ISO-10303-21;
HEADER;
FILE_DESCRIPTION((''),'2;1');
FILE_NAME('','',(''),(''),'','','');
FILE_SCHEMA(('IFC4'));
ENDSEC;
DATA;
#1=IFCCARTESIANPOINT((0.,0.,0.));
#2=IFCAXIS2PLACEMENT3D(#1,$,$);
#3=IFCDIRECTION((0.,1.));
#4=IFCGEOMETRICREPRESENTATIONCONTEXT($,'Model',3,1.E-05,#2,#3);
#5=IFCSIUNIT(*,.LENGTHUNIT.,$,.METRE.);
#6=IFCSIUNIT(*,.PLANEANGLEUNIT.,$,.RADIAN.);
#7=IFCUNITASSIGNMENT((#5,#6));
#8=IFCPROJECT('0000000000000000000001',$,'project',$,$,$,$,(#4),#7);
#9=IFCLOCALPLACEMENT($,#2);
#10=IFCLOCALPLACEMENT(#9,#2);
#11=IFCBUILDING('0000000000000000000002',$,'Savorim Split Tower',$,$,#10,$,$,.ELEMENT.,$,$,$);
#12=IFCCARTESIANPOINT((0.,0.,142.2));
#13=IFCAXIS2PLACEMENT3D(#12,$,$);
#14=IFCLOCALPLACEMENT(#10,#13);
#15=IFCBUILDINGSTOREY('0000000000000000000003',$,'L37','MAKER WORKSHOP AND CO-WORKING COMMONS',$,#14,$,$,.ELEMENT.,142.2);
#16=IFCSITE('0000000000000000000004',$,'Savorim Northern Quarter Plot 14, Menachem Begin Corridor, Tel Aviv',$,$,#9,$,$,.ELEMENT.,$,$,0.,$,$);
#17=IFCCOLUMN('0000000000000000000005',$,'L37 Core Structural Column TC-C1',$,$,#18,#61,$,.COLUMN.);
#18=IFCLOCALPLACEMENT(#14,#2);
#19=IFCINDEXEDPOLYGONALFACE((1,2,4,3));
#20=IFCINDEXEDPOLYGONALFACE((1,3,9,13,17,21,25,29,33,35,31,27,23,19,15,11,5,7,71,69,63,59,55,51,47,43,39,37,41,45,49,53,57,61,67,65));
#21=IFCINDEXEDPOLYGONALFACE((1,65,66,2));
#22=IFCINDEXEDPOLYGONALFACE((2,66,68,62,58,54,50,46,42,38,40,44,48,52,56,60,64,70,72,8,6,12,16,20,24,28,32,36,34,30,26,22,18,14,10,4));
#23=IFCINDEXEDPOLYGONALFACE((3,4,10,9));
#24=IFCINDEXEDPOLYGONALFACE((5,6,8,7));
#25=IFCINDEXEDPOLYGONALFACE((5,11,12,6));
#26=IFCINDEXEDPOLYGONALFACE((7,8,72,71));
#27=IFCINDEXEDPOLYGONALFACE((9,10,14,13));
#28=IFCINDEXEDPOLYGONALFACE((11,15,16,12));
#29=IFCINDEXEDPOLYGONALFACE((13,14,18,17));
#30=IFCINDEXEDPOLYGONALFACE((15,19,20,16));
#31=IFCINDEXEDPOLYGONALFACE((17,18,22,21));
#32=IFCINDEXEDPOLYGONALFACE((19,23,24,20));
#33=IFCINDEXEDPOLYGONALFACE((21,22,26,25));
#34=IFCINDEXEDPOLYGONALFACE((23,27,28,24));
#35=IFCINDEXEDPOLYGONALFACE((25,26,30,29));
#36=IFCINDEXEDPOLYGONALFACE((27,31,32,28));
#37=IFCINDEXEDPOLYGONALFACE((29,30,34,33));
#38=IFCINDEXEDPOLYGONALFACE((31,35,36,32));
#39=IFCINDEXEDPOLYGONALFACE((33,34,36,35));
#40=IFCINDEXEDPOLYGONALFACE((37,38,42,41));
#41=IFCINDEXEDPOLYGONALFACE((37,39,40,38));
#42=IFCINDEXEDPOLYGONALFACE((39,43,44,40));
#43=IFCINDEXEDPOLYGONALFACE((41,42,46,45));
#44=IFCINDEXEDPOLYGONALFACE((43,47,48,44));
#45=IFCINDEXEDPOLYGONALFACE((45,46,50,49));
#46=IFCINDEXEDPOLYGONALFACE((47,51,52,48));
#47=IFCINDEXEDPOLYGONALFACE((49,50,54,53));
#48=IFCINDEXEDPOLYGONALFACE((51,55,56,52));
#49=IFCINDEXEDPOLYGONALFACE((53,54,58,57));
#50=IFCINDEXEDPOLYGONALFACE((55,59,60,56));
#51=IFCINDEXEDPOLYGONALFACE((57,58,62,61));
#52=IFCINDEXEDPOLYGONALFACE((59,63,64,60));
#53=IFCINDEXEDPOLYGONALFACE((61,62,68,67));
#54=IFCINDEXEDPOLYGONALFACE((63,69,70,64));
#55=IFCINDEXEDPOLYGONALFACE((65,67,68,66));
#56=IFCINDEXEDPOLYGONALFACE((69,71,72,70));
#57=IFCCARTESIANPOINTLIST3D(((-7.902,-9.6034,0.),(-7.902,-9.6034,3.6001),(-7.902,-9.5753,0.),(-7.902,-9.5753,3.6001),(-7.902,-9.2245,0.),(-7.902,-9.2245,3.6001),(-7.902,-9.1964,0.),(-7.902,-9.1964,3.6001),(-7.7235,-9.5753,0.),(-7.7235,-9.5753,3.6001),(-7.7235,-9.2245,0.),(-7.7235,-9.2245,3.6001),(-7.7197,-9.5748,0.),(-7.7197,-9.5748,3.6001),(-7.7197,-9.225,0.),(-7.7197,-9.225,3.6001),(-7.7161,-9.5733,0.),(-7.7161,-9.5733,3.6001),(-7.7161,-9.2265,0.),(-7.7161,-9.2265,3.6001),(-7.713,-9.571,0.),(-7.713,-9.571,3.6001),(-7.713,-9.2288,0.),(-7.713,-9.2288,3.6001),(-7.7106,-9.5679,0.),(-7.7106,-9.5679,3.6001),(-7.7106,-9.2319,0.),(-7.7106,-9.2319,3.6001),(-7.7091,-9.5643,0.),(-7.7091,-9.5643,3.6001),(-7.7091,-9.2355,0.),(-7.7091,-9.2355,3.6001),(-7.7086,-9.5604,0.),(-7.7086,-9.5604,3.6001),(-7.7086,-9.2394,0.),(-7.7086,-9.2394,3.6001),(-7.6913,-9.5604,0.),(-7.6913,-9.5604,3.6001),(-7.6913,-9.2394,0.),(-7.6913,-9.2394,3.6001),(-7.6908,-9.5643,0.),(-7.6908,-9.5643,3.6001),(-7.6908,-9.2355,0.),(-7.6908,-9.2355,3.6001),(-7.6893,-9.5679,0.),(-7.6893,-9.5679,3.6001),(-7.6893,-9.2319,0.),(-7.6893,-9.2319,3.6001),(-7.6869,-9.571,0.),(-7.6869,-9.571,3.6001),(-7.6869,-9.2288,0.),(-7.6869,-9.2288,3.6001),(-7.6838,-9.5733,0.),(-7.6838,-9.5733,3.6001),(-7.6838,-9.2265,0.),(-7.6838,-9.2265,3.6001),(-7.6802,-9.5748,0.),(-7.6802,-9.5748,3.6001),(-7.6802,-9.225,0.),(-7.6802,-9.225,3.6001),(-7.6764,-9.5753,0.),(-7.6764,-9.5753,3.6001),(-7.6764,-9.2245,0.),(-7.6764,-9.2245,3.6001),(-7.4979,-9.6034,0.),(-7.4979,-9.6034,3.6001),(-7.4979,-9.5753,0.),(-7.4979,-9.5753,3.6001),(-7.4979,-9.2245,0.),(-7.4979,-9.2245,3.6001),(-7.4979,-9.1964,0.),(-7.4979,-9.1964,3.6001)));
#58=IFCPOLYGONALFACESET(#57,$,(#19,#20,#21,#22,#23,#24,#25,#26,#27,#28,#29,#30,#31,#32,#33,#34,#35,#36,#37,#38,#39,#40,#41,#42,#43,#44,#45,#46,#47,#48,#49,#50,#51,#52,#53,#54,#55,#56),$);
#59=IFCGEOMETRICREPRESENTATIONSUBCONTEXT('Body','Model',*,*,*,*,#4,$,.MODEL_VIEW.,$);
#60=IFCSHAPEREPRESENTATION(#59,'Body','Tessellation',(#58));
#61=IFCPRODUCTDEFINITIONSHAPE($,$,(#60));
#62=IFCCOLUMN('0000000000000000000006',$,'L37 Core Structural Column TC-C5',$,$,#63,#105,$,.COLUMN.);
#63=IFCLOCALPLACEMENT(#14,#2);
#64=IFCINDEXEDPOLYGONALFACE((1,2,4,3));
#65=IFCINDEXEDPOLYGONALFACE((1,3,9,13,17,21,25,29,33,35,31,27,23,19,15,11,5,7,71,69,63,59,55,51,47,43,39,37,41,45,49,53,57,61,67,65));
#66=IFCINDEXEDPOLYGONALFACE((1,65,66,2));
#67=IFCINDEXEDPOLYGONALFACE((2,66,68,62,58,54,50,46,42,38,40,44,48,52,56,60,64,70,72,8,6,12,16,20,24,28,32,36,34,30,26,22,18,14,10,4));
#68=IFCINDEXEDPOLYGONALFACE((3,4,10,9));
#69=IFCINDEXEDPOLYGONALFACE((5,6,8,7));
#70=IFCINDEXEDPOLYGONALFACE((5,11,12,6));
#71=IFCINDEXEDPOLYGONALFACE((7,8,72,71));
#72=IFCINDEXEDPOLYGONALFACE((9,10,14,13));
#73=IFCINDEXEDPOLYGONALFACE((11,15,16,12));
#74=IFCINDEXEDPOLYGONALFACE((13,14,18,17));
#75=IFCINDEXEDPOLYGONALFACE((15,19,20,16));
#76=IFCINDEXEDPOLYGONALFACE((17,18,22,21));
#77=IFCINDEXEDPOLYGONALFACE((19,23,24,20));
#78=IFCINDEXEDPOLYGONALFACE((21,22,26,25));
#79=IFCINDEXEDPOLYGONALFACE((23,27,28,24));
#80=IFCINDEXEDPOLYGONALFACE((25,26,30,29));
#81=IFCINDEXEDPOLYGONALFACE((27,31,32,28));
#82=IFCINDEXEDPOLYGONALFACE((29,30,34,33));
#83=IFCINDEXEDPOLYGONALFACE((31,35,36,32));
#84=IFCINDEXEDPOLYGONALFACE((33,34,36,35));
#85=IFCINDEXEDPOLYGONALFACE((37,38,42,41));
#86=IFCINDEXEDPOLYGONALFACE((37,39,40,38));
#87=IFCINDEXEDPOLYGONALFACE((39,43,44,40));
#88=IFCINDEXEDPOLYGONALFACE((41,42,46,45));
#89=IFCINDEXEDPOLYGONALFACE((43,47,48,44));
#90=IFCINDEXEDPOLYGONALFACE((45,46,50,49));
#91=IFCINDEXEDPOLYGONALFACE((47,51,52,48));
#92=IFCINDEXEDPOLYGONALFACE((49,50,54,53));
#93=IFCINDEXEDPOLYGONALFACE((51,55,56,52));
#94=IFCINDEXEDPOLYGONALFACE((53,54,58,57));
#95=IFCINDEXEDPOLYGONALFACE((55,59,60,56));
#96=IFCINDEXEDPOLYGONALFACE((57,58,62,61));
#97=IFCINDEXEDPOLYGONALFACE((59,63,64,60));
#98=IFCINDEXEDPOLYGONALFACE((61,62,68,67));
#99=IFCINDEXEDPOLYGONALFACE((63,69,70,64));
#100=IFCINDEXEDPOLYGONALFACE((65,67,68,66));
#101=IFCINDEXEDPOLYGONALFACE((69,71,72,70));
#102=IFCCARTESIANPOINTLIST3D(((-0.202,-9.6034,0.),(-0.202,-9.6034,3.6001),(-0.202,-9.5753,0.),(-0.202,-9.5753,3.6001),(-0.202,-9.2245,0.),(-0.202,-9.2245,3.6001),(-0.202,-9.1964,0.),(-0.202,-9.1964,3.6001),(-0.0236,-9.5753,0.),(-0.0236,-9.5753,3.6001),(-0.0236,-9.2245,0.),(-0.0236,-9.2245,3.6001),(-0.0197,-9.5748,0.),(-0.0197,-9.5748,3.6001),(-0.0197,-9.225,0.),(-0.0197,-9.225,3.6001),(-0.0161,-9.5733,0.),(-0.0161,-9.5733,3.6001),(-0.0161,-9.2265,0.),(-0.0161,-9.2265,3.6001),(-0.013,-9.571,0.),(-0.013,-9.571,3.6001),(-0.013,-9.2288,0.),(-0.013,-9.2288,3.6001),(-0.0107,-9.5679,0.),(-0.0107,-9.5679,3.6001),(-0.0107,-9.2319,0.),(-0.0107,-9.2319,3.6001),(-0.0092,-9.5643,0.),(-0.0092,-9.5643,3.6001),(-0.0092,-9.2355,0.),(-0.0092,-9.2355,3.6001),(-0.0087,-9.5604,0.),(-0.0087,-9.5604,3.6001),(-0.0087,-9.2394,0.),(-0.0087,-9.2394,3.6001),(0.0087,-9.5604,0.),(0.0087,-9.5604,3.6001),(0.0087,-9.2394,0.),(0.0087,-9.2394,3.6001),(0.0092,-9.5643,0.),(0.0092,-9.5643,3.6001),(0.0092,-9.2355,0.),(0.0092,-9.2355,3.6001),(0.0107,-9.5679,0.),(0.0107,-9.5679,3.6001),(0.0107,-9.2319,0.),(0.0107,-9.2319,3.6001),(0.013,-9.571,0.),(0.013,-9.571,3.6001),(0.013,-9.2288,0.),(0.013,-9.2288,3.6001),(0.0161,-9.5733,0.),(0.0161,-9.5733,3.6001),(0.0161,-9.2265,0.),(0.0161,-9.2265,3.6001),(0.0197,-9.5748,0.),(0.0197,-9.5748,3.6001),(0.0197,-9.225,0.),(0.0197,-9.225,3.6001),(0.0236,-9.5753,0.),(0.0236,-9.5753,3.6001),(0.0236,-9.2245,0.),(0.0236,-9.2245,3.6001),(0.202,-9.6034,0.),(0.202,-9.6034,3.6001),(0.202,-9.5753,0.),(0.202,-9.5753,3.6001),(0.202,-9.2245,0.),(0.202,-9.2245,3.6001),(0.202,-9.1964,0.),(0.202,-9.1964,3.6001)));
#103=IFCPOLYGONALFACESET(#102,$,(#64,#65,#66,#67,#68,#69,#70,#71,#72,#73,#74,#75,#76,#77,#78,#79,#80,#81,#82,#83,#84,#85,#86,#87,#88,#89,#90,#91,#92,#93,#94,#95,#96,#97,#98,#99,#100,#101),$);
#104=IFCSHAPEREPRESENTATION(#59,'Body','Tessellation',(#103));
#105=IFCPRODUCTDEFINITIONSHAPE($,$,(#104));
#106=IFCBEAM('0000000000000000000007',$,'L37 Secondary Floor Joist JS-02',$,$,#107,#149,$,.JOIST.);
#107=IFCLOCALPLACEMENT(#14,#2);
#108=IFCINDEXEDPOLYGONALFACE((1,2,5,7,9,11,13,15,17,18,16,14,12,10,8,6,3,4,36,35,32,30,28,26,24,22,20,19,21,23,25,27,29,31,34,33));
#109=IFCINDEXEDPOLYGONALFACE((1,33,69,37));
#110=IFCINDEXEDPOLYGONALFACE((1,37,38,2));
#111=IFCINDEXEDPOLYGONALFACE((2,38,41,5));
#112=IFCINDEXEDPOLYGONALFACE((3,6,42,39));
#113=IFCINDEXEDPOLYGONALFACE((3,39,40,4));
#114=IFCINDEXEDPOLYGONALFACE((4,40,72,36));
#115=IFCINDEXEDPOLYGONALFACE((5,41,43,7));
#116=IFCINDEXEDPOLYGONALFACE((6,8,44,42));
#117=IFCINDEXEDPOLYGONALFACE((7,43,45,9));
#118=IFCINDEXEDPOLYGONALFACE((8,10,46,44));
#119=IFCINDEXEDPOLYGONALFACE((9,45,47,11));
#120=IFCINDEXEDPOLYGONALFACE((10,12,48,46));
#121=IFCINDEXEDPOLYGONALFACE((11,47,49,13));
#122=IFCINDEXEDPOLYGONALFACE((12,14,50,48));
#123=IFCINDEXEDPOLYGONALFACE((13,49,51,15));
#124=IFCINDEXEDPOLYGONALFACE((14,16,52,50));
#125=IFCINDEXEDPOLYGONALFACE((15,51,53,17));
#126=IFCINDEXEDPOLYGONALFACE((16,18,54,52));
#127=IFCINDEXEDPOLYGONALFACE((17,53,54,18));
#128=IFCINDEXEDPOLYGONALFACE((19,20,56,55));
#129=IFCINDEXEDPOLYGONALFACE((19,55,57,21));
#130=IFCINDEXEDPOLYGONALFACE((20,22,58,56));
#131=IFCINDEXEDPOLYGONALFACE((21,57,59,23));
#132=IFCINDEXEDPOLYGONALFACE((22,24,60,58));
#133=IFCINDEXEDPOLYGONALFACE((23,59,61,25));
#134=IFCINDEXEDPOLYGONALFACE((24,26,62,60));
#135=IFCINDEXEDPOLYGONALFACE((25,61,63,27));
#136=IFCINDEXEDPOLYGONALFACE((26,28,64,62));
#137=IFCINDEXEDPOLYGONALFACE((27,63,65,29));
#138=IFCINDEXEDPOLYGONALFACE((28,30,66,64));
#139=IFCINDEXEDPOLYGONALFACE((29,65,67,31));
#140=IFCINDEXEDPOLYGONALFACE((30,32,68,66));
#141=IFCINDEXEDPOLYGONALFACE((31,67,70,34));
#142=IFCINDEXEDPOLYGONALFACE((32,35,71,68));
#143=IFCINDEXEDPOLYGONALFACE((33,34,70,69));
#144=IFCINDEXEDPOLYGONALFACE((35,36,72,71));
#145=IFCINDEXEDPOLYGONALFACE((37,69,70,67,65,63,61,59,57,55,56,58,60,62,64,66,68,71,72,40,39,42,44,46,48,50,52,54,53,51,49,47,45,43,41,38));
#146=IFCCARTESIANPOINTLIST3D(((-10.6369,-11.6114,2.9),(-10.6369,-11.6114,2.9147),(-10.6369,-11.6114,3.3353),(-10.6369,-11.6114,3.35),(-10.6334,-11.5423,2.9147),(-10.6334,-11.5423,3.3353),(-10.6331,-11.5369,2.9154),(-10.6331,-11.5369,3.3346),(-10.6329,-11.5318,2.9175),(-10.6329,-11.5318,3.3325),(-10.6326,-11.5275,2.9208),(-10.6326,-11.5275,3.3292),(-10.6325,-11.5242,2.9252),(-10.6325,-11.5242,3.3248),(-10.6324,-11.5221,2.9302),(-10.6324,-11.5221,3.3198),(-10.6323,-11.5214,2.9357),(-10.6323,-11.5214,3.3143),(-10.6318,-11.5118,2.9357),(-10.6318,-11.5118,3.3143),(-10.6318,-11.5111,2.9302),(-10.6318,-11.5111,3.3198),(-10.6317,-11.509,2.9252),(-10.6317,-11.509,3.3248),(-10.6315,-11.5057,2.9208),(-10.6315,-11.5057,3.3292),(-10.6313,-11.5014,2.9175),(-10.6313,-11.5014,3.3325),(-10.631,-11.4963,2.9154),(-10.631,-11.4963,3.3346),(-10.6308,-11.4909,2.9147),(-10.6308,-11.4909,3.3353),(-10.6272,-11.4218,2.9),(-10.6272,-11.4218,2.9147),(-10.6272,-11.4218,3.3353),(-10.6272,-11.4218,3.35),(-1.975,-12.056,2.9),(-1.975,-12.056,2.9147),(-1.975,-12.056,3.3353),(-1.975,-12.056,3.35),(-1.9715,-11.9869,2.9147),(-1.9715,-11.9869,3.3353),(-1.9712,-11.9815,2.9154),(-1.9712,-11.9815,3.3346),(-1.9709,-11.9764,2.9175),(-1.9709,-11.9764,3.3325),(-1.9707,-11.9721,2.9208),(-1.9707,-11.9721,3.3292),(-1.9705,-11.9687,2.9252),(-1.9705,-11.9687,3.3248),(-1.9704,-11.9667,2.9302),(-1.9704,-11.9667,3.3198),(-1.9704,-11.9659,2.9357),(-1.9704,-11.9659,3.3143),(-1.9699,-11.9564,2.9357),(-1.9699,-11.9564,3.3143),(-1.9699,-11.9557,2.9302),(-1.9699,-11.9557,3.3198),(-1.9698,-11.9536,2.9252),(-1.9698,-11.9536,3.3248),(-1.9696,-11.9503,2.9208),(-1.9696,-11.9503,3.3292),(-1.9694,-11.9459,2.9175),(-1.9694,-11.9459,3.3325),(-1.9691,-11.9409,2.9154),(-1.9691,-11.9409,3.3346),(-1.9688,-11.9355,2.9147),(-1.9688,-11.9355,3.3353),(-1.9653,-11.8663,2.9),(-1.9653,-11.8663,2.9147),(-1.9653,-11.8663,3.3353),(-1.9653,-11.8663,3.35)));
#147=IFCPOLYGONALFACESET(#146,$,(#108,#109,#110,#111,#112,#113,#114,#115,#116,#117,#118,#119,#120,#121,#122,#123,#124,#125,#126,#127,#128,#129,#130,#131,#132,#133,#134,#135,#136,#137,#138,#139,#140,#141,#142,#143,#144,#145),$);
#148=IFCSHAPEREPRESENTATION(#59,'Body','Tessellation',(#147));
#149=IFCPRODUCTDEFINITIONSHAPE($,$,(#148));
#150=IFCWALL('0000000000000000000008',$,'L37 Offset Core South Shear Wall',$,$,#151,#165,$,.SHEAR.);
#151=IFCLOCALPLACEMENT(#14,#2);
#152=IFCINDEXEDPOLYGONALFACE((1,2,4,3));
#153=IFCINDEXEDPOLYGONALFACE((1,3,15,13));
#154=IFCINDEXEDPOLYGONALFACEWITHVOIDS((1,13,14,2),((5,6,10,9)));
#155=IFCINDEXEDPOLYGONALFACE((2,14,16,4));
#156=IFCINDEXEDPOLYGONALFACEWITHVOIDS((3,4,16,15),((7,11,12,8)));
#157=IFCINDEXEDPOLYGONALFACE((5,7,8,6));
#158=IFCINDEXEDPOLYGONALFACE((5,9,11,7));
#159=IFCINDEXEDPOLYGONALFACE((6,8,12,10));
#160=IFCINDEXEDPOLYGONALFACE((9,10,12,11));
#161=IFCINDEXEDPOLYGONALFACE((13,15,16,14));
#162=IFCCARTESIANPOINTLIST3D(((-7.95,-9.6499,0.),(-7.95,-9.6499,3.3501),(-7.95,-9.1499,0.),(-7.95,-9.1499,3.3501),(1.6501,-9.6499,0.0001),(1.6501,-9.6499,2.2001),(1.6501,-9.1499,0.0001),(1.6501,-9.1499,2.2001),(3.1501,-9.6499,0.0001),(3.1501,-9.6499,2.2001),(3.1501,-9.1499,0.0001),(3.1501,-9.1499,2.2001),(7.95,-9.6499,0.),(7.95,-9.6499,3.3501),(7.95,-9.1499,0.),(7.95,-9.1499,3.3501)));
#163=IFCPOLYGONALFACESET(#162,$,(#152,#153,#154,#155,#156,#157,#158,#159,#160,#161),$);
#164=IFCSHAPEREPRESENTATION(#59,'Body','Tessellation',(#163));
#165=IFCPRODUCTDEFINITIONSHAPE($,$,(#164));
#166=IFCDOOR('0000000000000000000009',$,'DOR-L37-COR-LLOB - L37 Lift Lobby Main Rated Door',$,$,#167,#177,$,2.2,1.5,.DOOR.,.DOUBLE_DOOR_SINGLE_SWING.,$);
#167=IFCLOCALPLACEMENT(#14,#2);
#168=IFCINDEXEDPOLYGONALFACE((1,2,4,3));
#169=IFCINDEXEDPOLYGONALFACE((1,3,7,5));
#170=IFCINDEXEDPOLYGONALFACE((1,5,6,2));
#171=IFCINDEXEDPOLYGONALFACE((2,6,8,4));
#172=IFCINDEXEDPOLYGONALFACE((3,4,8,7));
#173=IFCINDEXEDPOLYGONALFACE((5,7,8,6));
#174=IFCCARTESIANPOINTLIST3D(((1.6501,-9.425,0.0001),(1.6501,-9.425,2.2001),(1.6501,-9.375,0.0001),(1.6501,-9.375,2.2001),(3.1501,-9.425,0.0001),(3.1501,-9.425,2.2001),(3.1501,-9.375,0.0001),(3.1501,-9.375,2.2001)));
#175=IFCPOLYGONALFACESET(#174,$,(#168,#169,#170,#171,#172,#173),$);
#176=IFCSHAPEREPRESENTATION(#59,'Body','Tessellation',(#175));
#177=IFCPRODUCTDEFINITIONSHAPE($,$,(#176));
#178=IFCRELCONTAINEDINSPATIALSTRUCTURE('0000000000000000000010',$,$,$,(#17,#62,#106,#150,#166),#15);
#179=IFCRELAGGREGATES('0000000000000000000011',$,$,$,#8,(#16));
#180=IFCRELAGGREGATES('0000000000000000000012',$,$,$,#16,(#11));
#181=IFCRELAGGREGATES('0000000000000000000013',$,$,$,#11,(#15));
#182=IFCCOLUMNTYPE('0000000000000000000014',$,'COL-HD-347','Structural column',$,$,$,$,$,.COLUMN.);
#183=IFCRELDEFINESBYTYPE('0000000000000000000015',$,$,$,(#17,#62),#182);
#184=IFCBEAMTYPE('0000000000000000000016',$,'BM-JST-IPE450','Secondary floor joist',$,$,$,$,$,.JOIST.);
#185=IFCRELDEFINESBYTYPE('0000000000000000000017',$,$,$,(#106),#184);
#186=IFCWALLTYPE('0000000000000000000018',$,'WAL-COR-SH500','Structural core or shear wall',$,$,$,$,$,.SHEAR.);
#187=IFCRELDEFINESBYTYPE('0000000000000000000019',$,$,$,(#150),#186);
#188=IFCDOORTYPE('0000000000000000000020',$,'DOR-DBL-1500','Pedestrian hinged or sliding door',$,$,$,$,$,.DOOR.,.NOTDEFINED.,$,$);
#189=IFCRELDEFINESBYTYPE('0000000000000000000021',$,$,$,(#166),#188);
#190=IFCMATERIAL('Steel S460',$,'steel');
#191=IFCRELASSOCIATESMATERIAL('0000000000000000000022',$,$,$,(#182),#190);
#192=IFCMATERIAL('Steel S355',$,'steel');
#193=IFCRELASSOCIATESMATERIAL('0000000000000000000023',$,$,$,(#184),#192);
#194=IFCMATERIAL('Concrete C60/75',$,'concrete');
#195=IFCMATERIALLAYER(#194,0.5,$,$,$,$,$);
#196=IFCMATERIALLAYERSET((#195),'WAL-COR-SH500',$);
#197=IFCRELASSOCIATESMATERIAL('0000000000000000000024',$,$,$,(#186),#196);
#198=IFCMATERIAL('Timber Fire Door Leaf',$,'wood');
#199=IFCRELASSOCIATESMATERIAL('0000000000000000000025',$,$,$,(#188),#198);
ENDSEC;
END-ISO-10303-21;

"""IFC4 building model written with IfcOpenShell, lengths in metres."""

from ifc_helpers import new_model, si_unit, direction, frame, frame_2d, origin, origin_2d, place, context, subcontext, project, spatial, rectangle, i_section, extrude, material, layer, layer_set, material_profile, profile_set, type_object, element, fill, save


model = new_model("IFC4")

# Units and contexts
model_context = context("Model", 3, precision=1e-05, world=origin(), true_north=direction((0.0, 1.0)))
body_context = subcontext(model_context, "Body", "Model", "MODEL_VIEW")
ifc_project = project(units=[si_unit("LENGTHUNIT", "METRE"), si_unit("PLANEANGLEUNIT", "RADIAN")], contexts=[model_context])

# Site, building, storey
site_placement = place(None, origin())
site = spatial("IfcSite", under=ifc_project, at=site_placement, Name="Savorim Northern Quarter Plot 14, Menachem Begin Corridor, Tel Aviv", CompositionType="ELEMENT", RefElevation=0.0)
building_placement = place(site_placement, origin())
building = spatial("IfcBuilding", under=site, at=building_placement, Name="Savorim Split Tower", CompositionType="ELEMENT")
storey_placement = place(building_placement, frame((0.0, 0.0, 142.2)))
storey = spatial("IfcBuildingStorey", under=building, at=storey_placement, Name="L37", Description="MAKER WORKSHOP AND CO-WORKING COMMONS", CompositionType="ELEMENT", Elevation=142.2)

# Columns
ifc_material_1 = material(Name="Steel S460", Category="steel")
ifc_material_profile_1 = material_profile(ifc_material_1, i_section(OverallWidth=0.4041, OverallDepth=0.407, WebThickness=0.0173, FlangeThickness=0.0281, FilletRadius=0.0149, at=origin_2d()), Name="HD 400x347")
ifc_profile_set_1 = profile_set([ifc_material_profile_1], Name="Steel S460")
column_type = type_object("IfcColumnType", Name="COL-HD-347", Description="Structural column", PredefinedType="COLUMN", material=ifc_profile_set_1)
for number, where, z_axis, x_axis, name in (
    (1, (-7.7, -9.3999, 0.0), (0.0, 0.0, 1.0), (1.0, 0.0, 0.0), "L37 Core Structural Column TC-C1"),
    (2, (0.0, -9.3999, 0.0), (0.0, 0.0, 1.0), (1.0, 0.0, 0.0), "L37 Core Structural Column TC-C5"),
):
    element("IfcColumn", number, at=place(storey_placement, frame(where, z_axis=z_axis, x_axis=x_axis)), inside=storey, type_object=column_type, Name=name, PredefinedType="COLUMN", context=body_context, shape_type="SweptSolid", body=[
        extrude(i_section(OverallWidth=0.4041, OverallDepth=0.407, WebThickness=0.0173, FlangeThickness=0.0281, FilletRadius=0.0149, at=origin_2d()), origin(), (0.0, 0.0, 1.0), 3.6001),
    ])

# Beam
ifc_material_2 = material(Name="Steel S355", Category="steel")
ifc_material_profile_2 = material_profile(ifc_material_2, i_section(OverallWidth=0.1899, OverallDepth=0.45, WebThickness=0.0095, FlangeThickness=0.0146, FilletRadius=0.021, at=origin_2d()), Name="IPE 450")
ifc_profile_set_2 = profile_set([ifc_material_profile_2], Name="Steel S355")
beam_type = type_object("IfcBeamType", Name="BM-JST-IPE450", Description="Secondary floor joist", PredefinedType="JOIST", material=ifc_profile_set_2)
beam_placement = place(storey_placement, frame((-10.6321, -11.5166, 3.125), z_axis=(0.998685, -0.051259, 0.0), x_axis=(0.051259, 0.998685, 0.0)))
element("IfcBeam", 3, at=beam_placement, inside=storey, type_object=beam_type, Name="L37 Secondary Floor Joist JS-02", PredefinedType="JOIST", context=body_context, shape_type="SweptSolid", body=[
    extrude(i_section(OverallWidth=0.1899, OverallDepth=0.45, WebThickness=0.0095, FlangeThickness=0.0146, FilletRadius=0.021, at=origin_2d()), origin(), (0.0, 0.0, 1.0), 8.6733),
])

# Wall, opening, door
ifc_material_3 = material(Name="Concrete C60/75", Category="concrete")
ifc_layer_1 = layer(ifc_material_3, 0.5)
ifc_layer_set_1 = layer_set([ifc_layer_1], Name="WAL-COR-SH500")
wall_type_1 = type_object("IfcWallType", Name="WAL-COR-SH500", Description="Structural core or shear wall", PredefinedType="SHEAR", material=ifc_layer_set_1)
wall_1_placement = place(storey_placement, frame((-7.95, -9.3999, 0.0), z_axis=(0.0, 0.0, 1.0), x_axis=(1.0, 0.0, 0.0)))
wall_1 = element("IfcWall", 4, at=wall_1_placement, inside=storey, type_object=wall_type_1, Name="L37 Offset Core South Shear Wall", PredefinedType="SHEAR", context=body_context, shape_type="SweptSolid", body=[
    extrude(rectangle(XDim=15.8999, YDim=0.5, at=frame_2d((7.95, 0.0))), origin(), (0.0, 0.0, 1.0), 3.3501),
])
opening_1_placement = place(wall_1_placement, frame((9.6001, 0.0, 0.0)))
opening_1 = element("IfcOpeningElement", 5, at=opening_1_placement, cuts=wall_1, PredefinedType="OPENING", context=body_context, shape_type="SweptSolid", body=[
    extrude(rectangle(XDim=1.5, YDim=2.2, at=frame_2d((0.75, 1.1001))), frame((0.0, 0.26, 0.0), z_axis=(0.0, -1.0, 0.0), x_axis=(1.0, 0.0, 0.0)), (0.0, 0.0, 1.0), 0.52),
])
ifc_material_4 = material(Name="Timber Fire Door Leaf", Category="wood")
door_type_1 = type_object("IfcDoorType", Name="DOR-DBL-1500", Description="Pedestrian hinged or sliding door", OperationType="NOTDEFINED", PredefinedType="DOOR", material=ifc_material_4)
door_1_placement = place(opening_1_placement, origin())
door_1 = element("IfcDoor", 6, at=door_1_placement, inside=storey, type_object=door_type_1, Name="DOR-L37-COR-LLOB - L37 Lift Lobby Main Rated Door", OperationType="DOUBLE_DOOR_SINGLE_SWING", OverallHeight=2.2, OverallWidth=1.5, PredefinedType="DOOR", context=body_context, shape_type="SweptSolid", body=[
    extrude(rectangle(XDim=1.5, YDim=2.2, at=frame_2d((0.75, 1.1001))), frame((0.0, 0.0249, 0.0), z_axis=(0.0, -1.0, 0.0), x_axis=(1.0, 0.0, 0.0)), (0.0, 0.0, 1.0), 0.05),
])
fill(opening_1, door_1)

save(model, "model.ifc")
